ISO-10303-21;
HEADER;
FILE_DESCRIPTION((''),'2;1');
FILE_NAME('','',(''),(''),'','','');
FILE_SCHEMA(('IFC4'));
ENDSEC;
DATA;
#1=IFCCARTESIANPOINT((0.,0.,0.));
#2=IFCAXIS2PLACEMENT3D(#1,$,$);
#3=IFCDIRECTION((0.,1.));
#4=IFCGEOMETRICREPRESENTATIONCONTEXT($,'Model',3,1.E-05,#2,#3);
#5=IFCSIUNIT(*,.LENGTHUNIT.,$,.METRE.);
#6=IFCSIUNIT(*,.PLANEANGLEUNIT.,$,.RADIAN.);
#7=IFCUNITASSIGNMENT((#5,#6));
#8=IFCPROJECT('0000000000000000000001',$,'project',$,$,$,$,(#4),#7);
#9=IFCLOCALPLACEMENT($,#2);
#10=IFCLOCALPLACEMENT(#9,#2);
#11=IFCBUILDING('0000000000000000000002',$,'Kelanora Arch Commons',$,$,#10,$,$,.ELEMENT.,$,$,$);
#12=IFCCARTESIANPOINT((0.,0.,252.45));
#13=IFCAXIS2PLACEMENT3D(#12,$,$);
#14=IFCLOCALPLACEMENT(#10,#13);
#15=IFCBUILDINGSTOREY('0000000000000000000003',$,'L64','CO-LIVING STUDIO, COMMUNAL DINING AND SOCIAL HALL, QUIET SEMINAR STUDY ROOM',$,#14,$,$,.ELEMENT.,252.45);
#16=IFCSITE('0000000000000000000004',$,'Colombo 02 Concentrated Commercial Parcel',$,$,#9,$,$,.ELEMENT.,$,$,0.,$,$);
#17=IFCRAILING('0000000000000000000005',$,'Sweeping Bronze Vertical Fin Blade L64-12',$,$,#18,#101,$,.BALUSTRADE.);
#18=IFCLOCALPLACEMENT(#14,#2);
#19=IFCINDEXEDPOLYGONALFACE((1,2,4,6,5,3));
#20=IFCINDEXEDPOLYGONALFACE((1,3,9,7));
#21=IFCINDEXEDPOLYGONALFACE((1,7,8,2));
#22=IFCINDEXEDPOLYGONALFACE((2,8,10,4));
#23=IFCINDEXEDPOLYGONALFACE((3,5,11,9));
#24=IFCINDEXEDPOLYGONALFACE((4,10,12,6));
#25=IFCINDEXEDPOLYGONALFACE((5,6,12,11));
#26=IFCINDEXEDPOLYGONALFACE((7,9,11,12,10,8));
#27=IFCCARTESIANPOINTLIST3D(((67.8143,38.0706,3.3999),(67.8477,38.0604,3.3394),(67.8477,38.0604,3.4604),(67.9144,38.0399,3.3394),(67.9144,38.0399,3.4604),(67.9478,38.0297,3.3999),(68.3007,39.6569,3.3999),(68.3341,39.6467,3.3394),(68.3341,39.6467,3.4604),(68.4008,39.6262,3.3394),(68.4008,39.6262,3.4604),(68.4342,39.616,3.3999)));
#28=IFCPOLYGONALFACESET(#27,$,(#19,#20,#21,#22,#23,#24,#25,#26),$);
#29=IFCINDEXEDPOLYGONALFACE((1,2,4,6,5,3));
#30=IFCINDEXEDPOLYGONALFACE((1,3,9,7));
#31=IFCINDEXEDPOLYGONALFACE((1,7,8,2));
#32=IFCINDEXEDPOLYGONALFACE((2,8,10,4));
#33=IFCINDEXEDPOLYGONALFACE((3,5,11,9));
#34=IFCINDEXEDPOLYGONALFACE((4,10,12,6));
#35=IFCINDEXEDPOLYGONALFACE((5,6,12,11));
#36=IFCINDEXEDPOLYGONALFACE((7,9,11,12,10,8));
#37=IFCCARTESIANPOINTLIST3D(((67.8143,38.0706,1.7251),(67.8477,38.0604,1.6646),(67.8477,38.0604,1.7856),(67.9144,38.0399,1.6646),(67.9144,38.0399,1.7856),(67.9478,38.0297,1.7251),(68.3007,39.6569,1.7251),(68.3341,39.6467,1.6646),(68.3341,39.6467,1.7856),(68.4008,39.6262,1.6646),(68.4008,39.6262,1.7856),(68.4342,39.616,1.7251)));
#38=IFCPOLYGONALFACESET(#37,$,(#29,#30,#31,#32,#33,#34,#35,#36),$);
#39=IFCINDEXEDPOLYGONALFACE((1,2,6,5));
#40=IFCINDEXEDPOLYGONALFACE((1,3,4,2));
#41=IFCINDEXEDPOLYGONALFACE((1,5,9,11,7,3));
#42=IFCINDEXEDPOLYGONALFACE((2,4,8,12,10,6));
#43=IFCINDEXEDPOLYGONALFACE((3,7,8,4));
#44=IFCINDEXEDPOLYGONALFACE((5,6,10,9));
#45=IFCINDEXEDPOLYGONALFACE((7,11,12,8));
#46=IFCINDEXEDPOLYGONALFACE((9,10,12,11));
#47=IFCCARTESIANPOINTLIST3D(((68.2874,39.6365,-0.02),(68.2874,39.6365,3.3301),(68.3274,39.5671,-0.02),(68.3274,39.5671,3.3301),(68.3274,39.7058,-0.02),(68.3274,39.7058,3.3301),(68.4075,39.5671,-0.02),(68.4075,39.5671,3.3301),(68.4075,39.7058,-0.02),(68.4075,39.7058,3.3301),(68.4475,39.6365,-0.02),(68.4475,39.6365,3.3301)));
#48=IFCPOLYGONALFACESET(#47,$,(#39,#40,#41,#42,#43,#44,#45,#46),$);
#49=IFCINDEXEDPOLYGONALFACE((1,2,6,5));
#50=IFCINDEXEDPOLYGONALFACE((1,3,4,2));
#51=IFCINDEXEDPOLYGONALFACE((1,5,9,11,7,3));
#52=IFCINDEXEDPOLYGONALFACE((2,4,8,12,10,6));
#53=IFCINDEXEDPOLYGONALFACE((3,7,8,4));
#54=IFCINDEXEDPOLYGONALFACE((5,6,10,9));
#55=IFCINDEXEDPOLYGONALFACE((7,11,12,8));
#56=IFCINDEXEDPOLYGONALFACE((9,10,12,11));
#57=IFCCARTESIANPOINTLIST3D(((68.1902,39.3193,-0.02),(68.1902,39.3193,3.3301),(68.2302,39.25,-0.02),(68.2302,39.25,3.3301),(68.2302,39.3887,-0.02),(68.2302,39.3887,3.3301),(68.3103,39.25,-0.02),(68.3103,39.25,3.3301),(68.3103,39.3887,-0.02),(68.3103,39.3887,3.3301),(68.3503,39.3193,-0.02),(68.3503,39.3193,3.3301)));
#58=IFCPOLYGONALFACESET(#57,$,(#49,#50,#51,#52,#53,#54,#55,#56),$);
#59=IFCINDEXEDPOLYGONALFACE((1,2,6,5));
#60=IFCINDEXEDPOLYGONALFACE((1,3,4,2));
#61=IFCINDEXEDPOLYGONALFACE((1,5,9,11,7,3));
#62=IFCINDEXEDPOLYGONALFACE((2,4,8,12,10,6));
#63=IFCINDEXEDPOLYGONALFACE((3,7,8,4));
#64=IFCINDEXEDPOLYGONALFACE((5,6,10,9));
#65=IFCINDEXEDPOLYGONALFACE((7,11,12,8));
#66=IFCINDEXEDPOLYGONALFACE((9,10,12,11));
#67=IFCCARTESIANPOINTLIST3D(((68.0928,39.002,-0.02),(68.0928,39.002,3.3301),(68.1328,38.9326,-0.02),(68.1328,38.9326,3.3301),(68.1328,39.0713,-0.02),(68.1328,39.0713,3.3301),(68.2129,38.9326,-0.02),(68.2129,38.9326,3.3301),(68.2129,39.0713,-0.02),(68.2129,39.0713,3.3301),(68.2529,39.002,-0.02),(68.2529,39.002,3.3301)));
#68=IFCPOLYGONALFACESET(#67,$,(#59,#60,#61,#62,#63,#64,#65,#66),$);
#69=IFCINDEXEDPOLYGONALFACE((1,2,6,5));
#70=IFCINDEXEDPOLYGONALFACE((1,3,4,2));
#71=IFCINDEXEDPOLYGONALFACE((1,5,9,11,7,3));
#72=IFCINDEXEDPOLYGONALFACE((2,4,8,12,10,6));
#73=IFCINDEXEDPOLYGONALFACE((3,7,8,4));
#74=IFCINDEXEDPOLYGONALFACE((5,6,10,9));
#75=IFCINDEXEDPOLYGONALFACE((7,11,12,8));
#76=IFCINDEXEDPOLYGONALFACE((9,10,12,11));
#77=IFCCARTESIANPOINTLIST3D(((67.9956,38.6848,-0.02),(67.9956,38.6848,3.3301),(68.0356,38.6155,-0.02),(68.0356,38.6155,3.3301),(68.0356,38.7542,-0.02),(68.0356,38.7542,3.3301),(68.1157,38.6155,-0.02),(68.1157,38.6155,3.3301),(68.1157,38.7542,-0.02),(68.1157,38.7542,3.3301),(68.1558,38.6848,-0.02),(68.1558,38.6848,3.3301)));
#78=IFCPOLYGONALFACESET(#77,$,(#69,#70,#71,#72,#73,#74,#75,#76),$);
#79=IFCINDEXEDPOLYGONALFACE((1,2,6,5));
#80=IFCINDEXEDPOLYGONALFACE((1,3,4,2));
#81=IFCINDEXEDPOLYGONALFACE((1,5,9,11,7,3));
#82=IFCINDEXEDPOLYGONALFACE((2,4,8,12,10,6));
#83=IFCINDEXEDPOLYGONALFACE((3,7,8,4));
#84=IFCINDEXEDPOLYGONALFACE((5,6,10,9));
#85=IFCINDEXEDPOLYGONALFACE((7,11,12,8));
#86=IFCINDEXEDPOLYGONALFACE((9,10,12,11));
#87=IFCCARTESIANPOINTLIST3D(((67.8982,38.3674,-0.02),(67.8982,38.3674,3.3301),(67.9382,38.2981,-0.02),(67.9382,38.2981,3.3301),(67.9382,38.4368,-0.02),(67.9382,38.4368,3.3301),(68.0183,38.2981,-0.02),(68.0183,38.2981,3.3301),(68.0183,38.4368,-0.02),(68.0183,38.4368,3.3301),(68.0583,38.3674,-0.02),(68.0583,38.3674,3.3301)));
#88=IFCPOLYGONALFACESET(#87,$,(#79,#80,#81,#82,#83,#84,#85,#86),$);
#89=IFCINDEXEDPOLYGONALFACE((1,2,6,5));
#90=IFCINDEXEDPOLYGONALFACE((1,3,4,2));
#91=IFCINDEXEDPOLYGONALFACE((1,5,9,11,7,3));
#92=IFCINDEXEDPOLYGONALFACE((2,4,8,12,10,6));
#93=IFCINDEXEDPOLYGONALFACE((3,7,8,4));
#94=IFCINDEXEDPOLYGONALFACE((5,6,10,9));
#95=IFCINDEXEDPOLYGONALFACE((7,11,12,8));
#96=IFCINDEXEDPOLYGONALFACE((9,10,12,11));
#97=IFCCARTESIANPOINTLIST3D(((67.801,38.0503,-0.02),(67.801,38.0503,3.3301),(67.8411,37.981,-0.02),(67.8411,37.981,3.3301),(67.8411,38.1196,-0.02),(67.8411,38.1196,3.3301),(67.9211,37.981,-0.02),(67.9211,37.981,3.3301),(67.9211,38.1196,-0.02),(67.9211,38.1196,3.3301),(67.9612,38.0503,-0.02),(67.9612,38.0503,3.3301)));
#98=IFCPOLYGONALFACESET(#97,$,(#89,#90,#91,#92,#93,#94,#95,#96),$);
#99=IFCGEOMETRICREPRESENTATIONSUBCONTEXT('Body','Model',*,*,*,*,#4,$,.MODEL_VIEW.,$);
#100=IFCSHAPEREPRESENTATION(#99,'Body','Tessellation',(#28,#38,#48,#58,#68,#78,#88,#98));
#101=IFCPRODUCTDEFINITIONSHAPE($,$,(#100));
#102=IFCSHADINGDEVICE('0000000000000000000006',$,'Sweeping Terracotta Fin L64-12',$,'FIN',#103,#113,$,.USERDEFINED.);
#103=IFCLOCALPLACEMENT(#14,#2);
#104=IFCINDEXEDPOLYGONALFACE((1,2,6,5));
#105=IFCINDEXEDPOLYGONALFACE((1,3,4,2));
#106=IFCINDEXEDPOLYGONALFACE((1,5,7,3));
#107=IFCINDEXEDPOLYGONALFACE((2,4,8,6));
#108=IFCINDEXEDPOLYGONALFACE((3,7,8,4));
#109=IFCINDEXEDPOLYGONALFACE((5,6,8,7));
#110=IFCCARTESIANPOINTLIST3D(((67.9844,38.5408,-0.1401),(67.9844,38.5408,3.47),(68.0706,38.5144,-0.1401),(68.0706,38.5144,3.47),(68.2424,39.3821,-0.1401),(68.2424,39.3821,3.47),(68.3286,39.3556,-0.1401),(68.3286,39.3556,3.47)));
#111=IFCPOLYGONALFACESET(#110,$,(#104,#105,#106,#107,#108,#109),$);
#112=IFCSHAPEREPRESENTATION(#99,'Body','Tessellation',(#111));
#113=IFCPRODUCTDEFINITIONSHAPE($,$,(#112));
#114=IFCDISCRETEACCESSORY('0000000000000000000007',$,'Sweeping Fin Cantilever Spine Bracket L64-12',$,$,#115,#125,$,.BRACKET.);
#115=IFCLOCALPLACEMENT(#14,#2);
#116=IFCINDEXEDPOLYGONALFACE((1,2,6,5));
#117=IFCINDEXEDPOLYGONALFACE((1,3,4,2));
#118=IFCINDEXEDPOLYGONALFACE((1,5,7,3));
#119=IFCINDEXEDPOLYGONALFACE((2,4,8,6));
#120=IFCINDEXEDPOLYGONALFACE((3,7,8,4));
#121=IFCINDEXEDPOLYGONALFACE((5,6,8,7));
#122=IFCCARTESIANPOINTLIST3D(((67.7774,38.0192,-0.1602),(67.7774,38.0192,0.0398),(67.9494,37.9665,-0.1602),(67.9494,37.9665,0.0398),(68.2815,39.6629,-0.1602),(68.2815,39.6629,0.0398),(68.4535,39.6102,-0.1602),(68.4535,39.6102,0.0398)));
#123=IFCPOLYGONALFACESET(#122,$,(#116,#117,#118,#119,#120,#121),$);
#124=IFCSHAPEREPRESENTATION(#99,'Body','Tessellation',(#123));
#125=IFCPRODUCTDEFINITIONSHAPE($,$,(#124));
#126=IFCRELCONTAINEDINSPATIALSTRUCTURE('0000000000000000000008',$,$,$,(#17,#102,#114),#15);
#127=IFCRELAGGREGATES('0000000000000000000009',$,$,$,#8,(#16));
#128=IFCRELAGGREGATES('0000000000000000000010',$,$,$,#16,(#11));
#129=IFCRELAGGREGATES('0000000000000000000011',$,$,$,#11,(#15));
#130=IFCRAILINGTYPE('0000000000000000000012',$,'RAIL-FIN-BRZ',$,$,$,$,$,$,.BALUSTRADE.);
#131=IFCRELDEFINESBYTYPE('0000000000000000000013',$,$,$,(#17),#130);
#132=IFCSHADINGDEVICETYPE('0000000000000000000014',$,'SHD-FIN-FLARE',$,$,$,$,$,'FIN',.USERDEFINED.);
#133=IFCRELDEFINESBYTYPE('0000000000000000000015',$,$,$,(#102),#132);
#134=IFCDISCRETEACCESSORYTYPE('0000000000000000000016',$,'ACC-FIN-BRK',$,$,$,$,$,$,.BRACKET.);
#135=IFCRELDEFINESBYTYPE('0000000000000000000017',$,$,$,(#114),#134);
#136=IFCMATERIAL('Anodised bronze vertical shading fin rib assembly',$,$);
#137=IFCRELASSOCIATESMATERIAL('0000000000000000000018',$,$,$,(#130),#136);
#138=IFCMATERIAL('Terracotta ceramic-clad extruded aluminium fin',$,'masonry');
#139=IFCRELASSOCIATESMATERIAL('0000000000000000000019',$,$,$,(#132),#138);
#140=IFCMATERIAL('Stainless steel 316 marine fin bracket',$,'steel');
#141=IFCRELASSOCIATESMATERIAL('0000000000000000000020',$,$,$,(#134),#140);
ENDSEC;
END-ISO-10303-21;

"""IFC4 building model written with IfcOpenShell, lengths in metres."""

from ifc_helpers import new_model, si_unit, direction, frame, origin, origin_2d, place, context, subcontext, project, spatial, polyline, rectangle, outline, extrude, source, transform, mapped, material, type_object, element, save


model = new_model("IFC4")

# Units and contexts
model_context = context("Model", 3, precision=1e-05, world=origin(), true_north=direction((0.0, 1.0)))
body_context = subcontext(model_context, "Body", "Model", "MODEL_VIEW")
ifc_project = project(units=[si_unit("LENGTHUNIT", "METRE"), si_unit("PLANEANGLEUNIT", "RADIAN")], contexts=[model_context])

# Site, building, storey
site_placement = place(None, origin())
site = spatial("IfcSite", under=ifc_project, at=site_placement, Name="Colombo 02 Concentrated Commercial Parcel", CompositionType="ELEMENT", RefElevation=0.0)
building_placement = place(site_placement, origin())
building = spatial("IfcBuilding", under=site, at=building_placement, Name="Kelanora Arch Commons", CompositionType="ELEMENT")
storey_placement = place(building_placement, frame((0.0, 0.0, 252.45)))
storey = spatial("IfcBuildingStorey", under=building, at=storey_placement, Name="L64", Description="CO-LIVING STUDIO, COMMUNAL DINING AND SOCIAL HALL, QUIET SEMINAR STUDY ROOM", CompositionType="ELEMENT", Elevation=252.45)

# Railing
ifc_material_1 = material(Name="Anodised bronze vertical shading fin rib assembly")
railing_type = type_object("IfcRailingType", Name="RAIL-FIN-BRZ", PredefinedType="BALUSTRADE", material=ifc_material_1)
railing_placement = place(storey_placement, frame((68.3674, 39.6365, -0.02)))
element("IfcRailing", 1, at=railing_placement, inside=storey, type_object=railing_type, Name="Sweeping Bronze Vertical Fin Blade L64-12", PredefinedType="BALUSTRADE", context=body_context, shape_type="SweptSolid", body=[
    extrude(outline(polyline([(0.0698, 0.0), (0.0349, 0.0605), (-0.0349, 0.0605), (-0.0698, 0.0), (-0.0349, -0.0605), (0.0349, -0.0605), (0.0698, 0.0)])), frame((0.0, 0.0, 3.4199), z_axis=(-0.293134, -0.956071, 0.0), x_axis=(0.956071, -0.293134, 0.0)), (0.0, 0.0, 1.0), 1.6592),
    extrude(outline(polyline([(0.0698, 0.0), (0.0349, 0.0605), (-0.0349, 0.0605), (-0.0698, 0.0), (-0.0349, -0.0605), (0.0349, -0.0605), (0.0698, 0.0)])), frame((0.0, 0.0, 1.7451), z_axis=(-0.293134, -0.956071, 0.0), x_axis=(0.956071, -0.293134, 0.0)), (0.0, 0.0, 1.0), 1.6592),
    extrude(outline(polyline([(0.0801, 0.0), (0.04, 0.0693), (-0.04, 0.0693), (-0.0801, 0.0), (-0.04, -0.0693), (0.04, -0.0693), (0.0801, 0.0)])), origin(), (0.0, 0.0, 1.0), 3.3501),
    extrude(outline(polyline([(0.0801, 0.0), (0.04, 0.0693), (-0.04, 0.0693), (-0.0801, 0.0), (-0.04, -0.0693), (0.04, -0.0693), (0.0801, 0.0)])), frame((-0.0972, -0.3171, 0.0)), (0.0, 0.0, 1.0), 3.3501),
    extrude(outline(polyline([(0.0801, 0.0), (0.04, 0.0693), (-0.04, 0.0693), (-0.0801, 0.0), (-0.04, -0.0693), (0.04, -0.0693), (0.0801, 0.0)])), frame((-0.1946, -0.6345, 0.0)), (0.0, 0.0, 1.0), 3.3501),
    extrude(outline(polyline([(0.0801, 0.0), (0.04, 0.0693), (-0.04, 0.0693), (-0.0801, 0.0), (-0.04, -0.0693), (0.04, -0.0693), (0.0801, 0.0)])), frame((-0.2917, -0.9517, 0.0)), (0.0, 0.0, 1.0), 3.3501),
    extrude(outline(polyline([(0.0801, 0.0), (0.04, 0.0693), (-0.04, 0.0693), (-0.0801, 0.0), (-0.04, -0.0693), (0.04, -0.0693), (0.0801, 0.0)])), frame((-0.3892, -1.269, 0.0)), (0.0, 0.0, 1.0), 3.3501),
    extrude(outline(polyline([(0.0801, 0.0), (0.04, 0.0693), (-0.04, 0.0693), (-0.0801, 0.0), (-0.04, -0.0693), (0.04, -0.0693), (0.0801, 0.0)])), frame((-0.4863, -1.5862, 0.0)), (0.0, 0.0, 1.0), 3.3501),
])

# Shading device
ifc_material_2 = material(Name="Terracotta ceramic-clad extruded aluminium fin", Category="masonry")
shading_device_type = type_object("IfcShadingDeviceType", Name="SHD-FIN-FLARE", ElementType="FIN", PredefinedType="USERDEFINED", material=ifc_material_2)
shared_shape_1 = source(origin(), body_context, "Body", "SweptSolid", [
    extrude(rectangle(XDim=0.8799, YDim=0.0901, at=origin_2d()), origin(), (0.0, 0.0, 1.0), 3.6101),
])
shading_device_placement = place(storey_placement, frame((68.1565, 38.9482, -0.1401), z_axis=(0.0, 0.0, 1.0), x_axis=(-0.293206, -0.956049, 0.0)))
element("IfcShadingDevice", 2, at=shading_device_placement, inside=storey, type_object=shading_device_type, Name="Sweeping Terracotta Fin L64-12", ObjectType="FIN", PredefinedType="USERDEFINED", context=body_context, shape_type="MappedRepresentation", body=[
    mapped(shared_shape_1, transform((0.0, 0.0, 0.0), scale=1.0)),
])

# Discrete accessory
ifc_material_3 = material(Name="Stainless steel 316 marine fin bracket", Category="steel")
discrete_accessory_type = type_object("IfcDiscreteAccessoryType", Name="ACC-FIN-BRK", PredefinedType="BRACKET", material=ifc_material_3)
shared_shape_2 = source(origin(), body_context, "Body", "SweptSolid", [
    extrude(rectangle(XDim=1.7192, YDim=0.1799, at=origin_2d()), origin(), (0.0, 0.0, 1.0), 0.2),
])
discrete_accessory_placement = place(storey_placement, frame((68.1155, 38.8147, -0.1602), z_axis=(0.0, 0.0, 1.0), x_axis=(-0.293206, -0.956049, 0.0)))
element("IfcDiscreteAccessory", 3, at=discrete_accessory_placement, inside=storey, type_object=discrete_accessory_type, Name="Sweeping Fin Cantilever Spine Bracket L64-12", PredefinedType="BRACKET", context=body_context, shape_type="MappedRepresentation", body=[
    mapped(shared_shape_2, transform((0.0, 0.0, 0.0), scale=1.0)),
])

save(model, "model.ifc")
